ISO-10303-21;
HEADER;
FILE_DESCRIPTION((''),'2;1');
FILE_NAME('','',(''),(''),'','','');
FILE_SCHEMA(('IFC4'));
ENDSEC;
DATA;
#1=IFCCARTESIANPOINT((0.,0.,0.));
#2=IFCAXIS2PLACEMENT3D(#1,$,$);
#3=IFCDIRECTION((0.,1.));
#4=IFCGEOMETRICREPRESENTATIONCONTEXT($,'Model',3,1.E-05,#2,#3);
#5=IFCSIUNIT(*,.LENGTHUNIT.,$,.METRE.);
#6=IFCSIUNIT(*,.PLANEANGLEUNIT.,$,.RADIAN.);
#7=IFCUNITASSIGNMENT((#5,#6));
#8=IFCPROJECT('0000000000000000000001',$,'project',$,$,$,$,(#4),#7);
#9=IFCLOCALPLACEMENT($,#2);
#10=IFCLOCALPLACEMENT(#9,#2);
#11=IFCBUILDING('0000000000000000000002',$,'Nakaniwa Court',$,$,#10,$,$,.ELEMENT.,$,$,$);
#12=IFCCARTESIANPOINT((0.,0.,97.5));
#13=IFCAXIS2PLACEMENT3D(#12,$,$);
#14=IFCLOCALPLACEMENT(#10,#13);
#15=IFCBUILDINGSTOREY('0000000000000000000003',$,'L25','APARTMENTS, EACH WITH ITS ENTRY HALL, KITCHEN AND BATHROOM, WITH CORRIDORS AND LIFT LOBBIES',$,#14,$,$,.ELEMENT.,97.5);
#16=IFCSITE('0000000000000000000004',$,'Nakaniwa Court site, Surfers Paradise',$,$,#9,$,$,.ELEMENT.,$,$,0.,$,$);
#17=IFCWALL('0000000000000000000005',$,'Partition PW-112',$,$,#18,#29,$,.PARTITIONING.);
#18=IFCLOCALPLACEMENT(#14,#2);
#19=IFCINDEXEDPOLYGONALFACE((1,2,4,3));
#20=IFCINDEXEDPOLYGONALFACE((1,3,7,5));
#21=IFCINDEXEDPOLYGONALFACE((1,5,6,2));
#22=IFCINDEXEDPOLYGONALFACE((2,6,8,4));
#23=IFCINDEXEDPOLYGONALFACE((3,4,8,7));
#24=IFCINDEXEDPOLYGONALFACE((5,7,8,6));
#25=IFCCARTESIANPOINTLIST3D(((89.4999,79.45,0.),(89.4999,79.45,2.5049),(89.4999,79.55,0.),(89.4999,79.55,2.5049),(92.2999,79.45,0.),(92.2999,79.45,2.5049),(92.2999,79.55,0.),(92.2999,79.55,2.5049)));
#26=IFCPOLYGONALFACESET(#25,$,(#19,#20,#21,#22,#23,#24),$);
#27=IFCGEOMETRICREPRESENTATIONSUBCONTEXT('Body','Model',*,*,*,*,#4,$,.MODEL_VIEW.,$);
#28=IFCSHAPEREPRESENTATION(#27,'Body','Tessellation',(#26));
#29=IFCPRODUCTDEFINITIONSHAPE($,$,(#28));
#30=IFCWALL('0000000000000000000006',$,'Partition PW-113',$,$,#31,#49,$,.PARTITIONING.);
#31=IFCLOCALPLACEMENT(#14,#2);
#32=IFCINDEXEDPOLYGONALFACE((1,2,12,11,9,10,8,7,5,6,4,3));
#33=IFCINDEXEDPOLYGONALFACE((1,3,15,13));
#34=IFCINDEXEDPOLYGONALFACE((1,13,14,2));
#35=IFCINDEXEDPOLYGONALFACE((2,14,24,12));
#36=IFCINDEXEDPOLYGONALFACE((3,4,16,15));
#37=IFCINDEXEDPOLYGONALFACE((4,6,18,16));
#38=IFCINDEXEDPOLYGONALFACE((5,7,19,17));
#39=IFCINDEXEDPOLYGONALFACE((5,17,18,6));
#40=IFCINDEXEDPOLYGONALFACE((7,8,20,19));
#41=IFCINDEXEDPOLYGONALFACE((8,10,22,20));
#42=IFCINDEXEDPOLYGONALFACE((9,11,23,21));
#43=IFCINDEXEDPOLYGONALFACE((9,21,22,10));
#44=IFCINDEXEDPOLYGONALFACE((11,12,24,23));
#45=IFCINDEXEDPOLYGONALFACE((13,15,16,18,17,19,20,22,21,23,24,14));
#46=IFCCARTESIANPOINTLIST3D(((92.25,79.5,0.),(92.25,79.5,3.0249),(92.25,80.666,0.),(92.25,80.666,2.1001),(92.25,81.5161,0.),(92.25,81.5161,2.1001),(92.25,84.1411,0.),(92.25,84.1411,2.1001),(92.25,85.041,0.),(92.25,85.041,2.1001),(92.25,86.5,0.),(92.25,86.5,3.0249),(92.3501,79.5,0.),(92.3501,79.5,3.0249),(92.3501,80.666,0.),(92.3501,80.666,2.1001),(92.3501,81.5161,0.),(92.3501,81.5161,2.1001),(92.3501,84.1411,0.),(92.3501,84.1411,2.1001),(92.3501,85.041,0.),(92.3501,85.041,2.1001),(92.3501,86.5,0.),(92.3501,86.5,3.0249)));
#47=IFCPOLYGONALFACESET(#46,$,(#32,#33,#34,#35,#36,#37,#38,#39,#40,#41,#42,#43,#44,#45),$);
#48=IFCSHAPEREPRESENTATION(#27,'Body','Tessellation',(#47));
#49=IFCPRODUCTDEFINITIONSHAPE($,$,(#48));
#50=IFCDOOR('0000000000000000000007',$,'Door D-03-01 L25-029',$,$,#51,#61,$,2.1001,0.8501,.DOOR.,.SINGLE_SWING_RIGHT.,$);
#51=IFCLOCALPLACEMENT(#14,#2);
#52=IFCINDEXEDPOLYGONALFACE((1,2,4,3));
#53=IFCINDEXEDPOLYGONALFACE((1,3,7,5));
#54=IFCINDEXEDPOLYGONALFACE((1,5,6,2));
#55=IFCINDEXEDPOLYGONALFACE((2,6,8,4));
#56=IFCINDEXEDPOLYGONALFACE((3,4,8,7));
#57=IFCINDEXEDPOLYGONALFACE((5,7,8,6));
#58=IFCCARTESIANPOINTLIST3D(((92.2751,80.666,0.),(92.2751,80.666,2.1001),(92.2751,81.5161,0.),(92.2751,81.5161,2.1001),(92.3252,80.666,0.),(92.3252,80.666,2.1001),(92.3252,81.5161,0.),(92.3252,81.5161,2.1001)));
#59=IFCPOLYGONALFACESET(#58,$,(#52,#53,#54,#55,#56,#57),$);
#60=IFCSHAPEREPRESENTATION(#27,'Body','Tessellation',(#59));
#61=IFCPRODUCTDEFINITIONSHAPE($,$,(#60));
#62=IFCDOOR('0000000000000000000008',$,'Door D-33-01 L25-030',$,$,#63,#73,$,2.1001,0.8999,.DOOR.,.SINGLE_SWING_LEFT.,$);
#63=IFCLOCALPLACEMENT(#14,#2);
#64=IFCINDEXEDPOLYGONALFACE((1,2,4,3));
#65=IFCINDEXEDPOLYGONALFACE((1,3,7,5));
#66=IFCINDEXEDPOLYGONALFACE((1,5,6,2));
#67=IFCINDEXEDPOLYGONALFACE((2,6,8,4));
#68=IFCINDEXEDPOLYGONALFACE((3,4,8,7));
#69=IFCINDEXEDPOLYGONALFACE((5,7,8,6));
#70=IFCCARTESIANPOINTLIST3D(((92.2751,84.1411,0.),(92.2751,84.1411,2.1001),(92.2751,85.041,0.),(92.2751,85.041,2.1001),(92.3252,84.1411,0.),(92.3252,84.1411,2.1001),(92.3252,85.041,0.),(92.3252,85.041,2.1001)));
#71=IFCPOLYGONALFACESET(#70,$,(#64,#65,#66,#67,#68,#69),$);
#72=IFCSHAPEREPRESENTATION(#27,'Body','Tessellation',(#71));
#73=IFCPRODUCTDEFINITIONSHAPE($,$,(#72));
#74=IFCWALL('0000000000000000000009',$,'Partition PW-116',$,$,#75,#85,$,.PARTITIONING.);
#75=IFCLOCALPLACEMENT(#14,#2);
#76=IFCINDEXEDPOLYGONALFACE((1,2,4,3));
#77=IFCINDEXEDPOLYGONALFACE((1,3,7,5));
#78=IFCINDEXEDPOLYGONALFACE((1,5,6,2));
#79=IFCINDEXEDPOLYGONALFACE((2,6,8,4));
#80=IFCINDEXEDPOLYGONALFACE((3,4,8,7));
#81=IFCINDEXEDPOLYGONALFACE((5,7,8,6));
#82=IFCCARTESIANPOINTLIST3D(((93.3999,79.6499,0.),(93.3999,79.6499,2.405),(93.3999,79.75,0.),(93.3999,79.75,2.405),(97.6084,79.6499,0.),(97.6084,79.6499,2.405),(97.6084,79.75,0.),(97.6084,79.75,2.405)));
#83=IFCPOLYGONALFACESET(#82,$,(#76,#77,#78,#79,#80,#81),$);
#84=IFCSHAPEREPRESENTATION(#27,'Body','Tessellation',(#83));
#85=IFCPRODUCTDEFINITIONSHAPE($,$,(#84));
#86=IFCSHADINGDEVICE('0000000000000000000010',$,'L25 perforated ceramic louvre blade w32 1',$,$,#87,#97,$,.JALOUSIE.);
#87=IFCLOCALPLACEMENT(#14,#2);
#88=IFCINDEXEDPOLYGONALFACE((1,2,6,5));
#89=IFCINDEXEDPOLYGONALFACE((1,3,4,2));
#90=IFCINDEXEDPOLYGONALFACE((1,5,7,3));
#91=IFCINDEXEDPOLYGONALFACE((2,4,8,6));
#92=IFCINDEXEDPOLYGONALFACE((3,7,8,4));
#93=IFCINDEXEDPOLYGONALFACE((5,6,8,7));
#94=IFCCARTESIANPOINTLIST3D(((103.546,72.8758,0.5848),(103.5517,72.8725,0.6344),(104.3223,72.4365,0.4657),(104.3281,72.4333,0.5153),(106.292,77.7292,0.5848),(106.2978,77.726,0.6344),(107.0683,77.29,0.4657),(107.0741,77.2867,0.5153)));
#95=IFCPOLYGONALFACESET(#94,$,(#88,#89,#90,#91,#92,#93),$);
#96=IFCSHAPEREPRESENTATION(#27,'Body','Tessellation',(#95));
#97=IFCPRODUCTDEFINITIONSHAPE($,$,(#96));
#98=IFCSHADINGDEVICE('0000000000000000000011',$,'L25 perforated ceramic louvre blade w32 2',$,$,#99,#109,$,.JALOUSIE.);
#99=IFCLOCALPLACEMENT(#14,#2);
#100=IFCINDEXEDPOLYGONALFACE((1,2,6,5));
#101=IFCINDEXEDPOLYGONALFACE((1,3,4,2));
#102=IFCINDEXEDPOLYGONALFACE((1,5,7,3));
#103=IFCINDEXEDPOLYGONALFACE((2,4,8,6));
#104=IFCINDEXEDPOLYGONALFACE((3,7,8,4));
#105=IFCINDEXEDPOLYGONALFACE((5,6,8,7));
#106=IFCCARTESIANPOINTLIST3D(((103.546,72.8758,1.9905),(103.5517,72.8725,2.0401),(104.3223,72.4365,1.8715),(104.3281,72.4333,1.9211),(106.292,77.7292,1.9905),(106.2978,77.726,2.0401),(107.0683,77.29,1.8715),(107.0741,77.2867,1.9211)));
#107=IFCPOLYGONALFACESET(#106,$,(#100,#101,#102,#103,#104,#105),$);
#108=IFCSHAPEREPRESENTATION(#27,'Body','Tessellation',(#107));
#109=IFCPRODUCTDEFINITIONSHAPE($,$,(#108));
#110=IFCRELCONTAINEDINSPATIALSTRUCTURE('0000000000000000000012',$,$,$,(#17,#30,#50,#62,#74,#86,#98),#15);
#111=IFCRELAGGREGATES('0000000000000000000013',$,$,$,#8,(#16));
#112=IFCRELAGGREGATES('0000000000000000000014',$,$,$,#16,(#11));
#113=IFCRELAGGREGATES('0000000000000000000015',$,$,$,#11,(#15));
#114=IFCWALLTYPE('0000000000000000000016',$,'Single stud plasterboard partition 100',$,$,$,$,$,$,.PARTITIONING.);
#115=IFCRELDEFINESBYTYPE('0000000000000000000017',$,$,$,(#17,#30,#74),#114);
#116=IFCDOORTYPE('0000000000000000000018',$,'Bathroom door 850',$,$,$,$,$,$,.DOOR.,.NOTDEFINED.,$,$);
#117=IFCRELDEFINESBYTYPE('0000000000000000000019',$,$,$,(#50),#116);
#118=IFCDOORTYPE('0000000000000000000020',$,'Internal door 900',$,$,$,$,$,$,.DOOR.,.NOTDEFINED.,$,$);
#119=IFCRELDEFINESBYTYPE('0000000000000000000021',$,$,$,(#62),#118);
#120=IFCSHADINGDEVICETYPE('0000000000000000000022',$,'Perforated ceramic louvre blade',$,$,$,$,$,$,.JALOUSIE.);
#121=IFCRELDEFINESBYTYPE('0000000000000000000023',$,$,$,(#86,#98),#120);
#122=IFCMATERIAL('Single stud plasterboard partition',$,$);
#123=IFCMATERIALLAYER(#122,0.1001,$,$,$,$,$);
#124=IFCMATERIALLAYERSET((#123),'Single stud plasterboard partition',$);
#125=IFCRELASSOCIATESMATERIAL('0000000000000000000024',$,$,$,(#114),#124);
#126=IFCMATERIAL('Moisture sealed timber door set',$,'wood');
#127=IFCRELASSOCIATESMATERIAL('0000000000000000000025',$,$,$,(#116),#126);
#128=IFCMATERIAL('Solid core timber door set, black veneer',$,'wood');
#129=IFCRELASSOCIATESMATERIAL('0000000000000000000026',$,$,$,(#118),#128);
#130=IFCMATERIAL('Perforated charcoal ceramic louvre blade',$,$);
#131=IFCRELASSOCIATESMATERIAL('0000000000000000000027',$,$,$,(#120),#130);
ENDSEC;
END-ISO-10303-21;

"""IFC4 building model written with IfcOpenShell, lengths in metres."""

from ifc_helpers import new_model, si_unit, direction, frame, frame_2d, origin, origin_2d, place, context, subcontext, project, spatial, rectangle, extrude, material, layer, layer_set, material_profile, profile_set, type_object, element, fill, save


model = new_model("IFC4")

# Units and contexts
model_context = context("Model", 3, precision=1e-05, world=origin(), true_north=direction((0.0, 1.0)))
body_context = subcontext(model_context, "Body", "Model", "MODEL_VIEW")
ifc_project = project(units=[si_unit("LENGTHUNIT", "METRE"), si_unit("PLANEANGLEUNIT", "RADIAN")], contexts=[model_context])

# Site, building, storey
site_placement = place(None, origin())
site = spatial("IfcSite", under=ifc_project, at=site_placement, Name="Nakaniwa Court site, Surfers Paradise", CompositionType="ELEMENT", RefElevation=0.0)
building_placement = place(site_placement, origin())
building = spatial("IfcBuilding", under=site, at=building_placement, Name="Nakaniwa Court", CompositionType="ELEMENT")
storey_placement = place(building_placement, frame((0.0, 0.0, 97.5)))
storey = spatial("IfcBuildingStorey", under=building, at=storey_placement, Name="L25", Description="APARTMENTS, EACH WITH ITS ENTRY HALL, KITCHEN AND BATHROOM, WITH CORRIDORS AND LIFT LOBBIES", CompositionType="ELEMENT", Elevation=97.5)

# Shared definitions
ifc_material_1 = material(Name="Solid core timber door set, black veneer", Category="wood")

# Wall
ifc_material_2 = material(Name="Single stud plasterboard partition")
ifc_layer_1 = layer(ifc_material_2, 0.1001)
ifc_layer_set_1 = layer_set([ifc_layer_1], Name="Single stud plasterboard partition")
wall_type_1 = type_object("IfcWallType", Name="Single stud plasterboard partition 100", PredefinedType="PARTITIONING", material=ifc_layer_set_1)
wall_1_placement = place(storey_placement, frame((89.5, 79.5, 0.0), z_axis=(0.0, 0.0, 1.0), x_axis=(1.0, 0.0, 0.0)))
element("IfcWall", 1, at=wall_1_placement, inside=storey, type_object=wall_type_1, Name="Partition PW-112", PredefinedType="PARTITIONING", context=body_context, shape_type="SweptSolid", body=[
    extrude(rectangle(XDim=2.8, YDim=0.1001, at=frame_2d((1.3999, 0.0))), origin(), (0.0, 0.0, 1.0), 2.5049),
])

# Wall, openings, doors
wall_2_placement = place(storey_placement, frame((92.3, 79.5, 0.0), z_axis=(0.0, 0.0, 1.0), x_axis=(0.0, 1.0, 0.0)))
wall_2 = element("IfcWall", 2, at=wall_2_placement, inside=storey, type_object=wall_type_1, Name="Partition PW-113", PredefinedType="PARTITIONING", context=body_context, shape_type="SweptSolid", body=[
    extrude(rectangle(XDim=7.0, YDim=0.1001, at=frame_2d((3.5, 0.0))), origin(), (0.0, 0.0, 1.0), 3.0249),
])
opening_1_placement = place(wall_2_placement, frame((1.166, 0.0, 0.0)))
opening_1 = element("IfcOpeningElement", 3, at=opening_1_placement, cuts=wall_2, PredefinedType="OPENING", context=body_context, shape_type="SweptSolid", body=[
    extrude(rectangle(XDim=0.8501, YDim=2.1001, at=frame_2d((0.425, 1.05))), frame((0.0, 0.0601, 0.0), z_axis=(0.0, -1.0, 0.0), x_axis=(1.0, 0.0, 0.0)), (0.0, 0.0, 1.0), 0.1201),
])
opening_2_placement = place(wall_2_placement, frame((4.6411, 0.0, 0.0)))
opening_2 = element("IfcOpeningElement", 4, at=opening_2_placement, cuts=wall_2, PredefinedType="OPENING", context=body_context, shape_type="SweptSolid", body=[
    extrude(rectangle(XDim=0.8999, YDim=2.1001, at=frame_2d((0.45, 1.05))), frame((0.0, 0.0601, 0.0), z_axis=(0.0, -1.0, 0.0), x_axis=(1.0, 0.0, 0.0)), (0.0, 0.0, 1.0), 0.1201),
])
ifc_material_3 = material(Name="Moisture sealed timber door set", Category="wood")
door_type_1 = type_object("IfcDoorType", Name="Bathroom door 850", OperationType="NOTDEFINED", PredefinedType="DOOR", material=ifc_material_3)
door_1_placement = place(opening_1_placement, origin())
door_1 = element("IfcDoor", 5, at=door_1_placement, inside=storey, type_object=door_type_1, Name="Door D-03-01 L25-029", OperationType="SINGLE_SWING_RIGHT", OverallHeight=2.1001, OverallWidth=0.8501, PredefinedType="DOOR", context=body_context, shape_type="SweptSolid", body=[
    extrude(rectangle(XDim=0.8501, YDim=2.1001, at=frame_2d((0.425, 1.05))), frame((0.0, 0.0249, 0.0), z_axis=(0.0, -1.0, 0.0), x_axis=(1.0, 0.0, 0.0)), (0.0, 0.0, 1.0), 0.05),
])
fill(opening_1, door_1)
door_type_2 = type_object("IfcDoorType", Name="Internal door 900", OperationType="NOTDEFINED", PredefinedType="DOOR", material=ifc_material_1)
door_2_placement = place(opening_2_placement, origin())
door_2 = element("IfcDoor", 6, at=door_2_placement, inside=storey, type_object=door_type_2, Name="Door D-33-01 L25-030", OperationType="SINGLE_SWING_LEFT", OverallHeight=2.1001, OverallWidth=0.8999, PredefinedType="DOOR", context=body_context, shape_type="SweptSolid", body=[
    extrude(rectangle(XDim=0.8999, YDim=2.1001, at=frame_2d((0.45, 1.05))), frame((0.0, 0.0249, 0.0), z_axis=(0.0, -1.0, 0.0), x_axis=(1.0, 0.0, 0.0)), (0.0, 0.0, 1.0), 0.05),
])
fill(opening_2, door_2)

# Wall
wall_3_placement = place(storey_placement, frame((93.3999, 79.7, 0.0), z_axis=(0.0, 0.0, 1.0), x_axis=(1.0, 0.0, 0.0)))
element("IfcWall", 7, at=wall_3_placement, inside=storey, type_object=wall_type_1, Name="Partition PW-116", PredefinedType="PARTITIONING", context=body_context, shape_type="SweptSolid", body=[
    extrude(rectangle(XDim=4.2085, YDim=0.1001, at=frame_2d((2.1042, 0.0))), origin(), (0.0, 0.0, 1.0), 2.405),
])

# Shading devices
ifc_material_4 = material(Name="Perforated charcoal ceramic louvre blade")
ifc_material_profile_1 = material_profile(ifc_material_4, rectangle(XDim=0.8999, YDim=0.05, at=origin_2d()), Name="Perforated ceramic louvre blade")
ifc_profile_set_1 = profile_set([ifc_material_profile_1], Name="Perforated charcoal ceramic louvre blade")
shading_device_type = type_object("IfcShadingDeviceType", Name="Perforated ceramic louvre blade", PredefinedType="JALOUSIE", material=ifc_profile_set_1)
for number, where, z_axis, x_axis, name in (
    (8, (103.937, 72.6545, 0.55), (0.492438, 0.870347, 0.0), (-0.862702, 0.488112, 0.132256), "L25 perforated ceramic louvre blade w32 1"),
    (9, (103.937, 72.6545, 1.9558), (0.492438, 0.870347, 0.0), (-0.862702, 0.488112, 0.132256), "L25 perforated ceramic louvre blade w32 2"),
):
    element("IfcShadingDevice", number, at=place(storey_placement, frame(where, z_axis=z_axis, x_axis=x_axis)), inside=storey, type_object=shading_device_type, Name=name, PredefinedType="JALOUSIE", context=body_context, shape_type="SweptSolid", body=[
        extrude(rectangle(XDim=0.8999, YDim=0.05, at=origin_2d()), origin(), (0.0, 0.0, 1.0), 5.5764),
    ])

save(model, "model.ifc")
